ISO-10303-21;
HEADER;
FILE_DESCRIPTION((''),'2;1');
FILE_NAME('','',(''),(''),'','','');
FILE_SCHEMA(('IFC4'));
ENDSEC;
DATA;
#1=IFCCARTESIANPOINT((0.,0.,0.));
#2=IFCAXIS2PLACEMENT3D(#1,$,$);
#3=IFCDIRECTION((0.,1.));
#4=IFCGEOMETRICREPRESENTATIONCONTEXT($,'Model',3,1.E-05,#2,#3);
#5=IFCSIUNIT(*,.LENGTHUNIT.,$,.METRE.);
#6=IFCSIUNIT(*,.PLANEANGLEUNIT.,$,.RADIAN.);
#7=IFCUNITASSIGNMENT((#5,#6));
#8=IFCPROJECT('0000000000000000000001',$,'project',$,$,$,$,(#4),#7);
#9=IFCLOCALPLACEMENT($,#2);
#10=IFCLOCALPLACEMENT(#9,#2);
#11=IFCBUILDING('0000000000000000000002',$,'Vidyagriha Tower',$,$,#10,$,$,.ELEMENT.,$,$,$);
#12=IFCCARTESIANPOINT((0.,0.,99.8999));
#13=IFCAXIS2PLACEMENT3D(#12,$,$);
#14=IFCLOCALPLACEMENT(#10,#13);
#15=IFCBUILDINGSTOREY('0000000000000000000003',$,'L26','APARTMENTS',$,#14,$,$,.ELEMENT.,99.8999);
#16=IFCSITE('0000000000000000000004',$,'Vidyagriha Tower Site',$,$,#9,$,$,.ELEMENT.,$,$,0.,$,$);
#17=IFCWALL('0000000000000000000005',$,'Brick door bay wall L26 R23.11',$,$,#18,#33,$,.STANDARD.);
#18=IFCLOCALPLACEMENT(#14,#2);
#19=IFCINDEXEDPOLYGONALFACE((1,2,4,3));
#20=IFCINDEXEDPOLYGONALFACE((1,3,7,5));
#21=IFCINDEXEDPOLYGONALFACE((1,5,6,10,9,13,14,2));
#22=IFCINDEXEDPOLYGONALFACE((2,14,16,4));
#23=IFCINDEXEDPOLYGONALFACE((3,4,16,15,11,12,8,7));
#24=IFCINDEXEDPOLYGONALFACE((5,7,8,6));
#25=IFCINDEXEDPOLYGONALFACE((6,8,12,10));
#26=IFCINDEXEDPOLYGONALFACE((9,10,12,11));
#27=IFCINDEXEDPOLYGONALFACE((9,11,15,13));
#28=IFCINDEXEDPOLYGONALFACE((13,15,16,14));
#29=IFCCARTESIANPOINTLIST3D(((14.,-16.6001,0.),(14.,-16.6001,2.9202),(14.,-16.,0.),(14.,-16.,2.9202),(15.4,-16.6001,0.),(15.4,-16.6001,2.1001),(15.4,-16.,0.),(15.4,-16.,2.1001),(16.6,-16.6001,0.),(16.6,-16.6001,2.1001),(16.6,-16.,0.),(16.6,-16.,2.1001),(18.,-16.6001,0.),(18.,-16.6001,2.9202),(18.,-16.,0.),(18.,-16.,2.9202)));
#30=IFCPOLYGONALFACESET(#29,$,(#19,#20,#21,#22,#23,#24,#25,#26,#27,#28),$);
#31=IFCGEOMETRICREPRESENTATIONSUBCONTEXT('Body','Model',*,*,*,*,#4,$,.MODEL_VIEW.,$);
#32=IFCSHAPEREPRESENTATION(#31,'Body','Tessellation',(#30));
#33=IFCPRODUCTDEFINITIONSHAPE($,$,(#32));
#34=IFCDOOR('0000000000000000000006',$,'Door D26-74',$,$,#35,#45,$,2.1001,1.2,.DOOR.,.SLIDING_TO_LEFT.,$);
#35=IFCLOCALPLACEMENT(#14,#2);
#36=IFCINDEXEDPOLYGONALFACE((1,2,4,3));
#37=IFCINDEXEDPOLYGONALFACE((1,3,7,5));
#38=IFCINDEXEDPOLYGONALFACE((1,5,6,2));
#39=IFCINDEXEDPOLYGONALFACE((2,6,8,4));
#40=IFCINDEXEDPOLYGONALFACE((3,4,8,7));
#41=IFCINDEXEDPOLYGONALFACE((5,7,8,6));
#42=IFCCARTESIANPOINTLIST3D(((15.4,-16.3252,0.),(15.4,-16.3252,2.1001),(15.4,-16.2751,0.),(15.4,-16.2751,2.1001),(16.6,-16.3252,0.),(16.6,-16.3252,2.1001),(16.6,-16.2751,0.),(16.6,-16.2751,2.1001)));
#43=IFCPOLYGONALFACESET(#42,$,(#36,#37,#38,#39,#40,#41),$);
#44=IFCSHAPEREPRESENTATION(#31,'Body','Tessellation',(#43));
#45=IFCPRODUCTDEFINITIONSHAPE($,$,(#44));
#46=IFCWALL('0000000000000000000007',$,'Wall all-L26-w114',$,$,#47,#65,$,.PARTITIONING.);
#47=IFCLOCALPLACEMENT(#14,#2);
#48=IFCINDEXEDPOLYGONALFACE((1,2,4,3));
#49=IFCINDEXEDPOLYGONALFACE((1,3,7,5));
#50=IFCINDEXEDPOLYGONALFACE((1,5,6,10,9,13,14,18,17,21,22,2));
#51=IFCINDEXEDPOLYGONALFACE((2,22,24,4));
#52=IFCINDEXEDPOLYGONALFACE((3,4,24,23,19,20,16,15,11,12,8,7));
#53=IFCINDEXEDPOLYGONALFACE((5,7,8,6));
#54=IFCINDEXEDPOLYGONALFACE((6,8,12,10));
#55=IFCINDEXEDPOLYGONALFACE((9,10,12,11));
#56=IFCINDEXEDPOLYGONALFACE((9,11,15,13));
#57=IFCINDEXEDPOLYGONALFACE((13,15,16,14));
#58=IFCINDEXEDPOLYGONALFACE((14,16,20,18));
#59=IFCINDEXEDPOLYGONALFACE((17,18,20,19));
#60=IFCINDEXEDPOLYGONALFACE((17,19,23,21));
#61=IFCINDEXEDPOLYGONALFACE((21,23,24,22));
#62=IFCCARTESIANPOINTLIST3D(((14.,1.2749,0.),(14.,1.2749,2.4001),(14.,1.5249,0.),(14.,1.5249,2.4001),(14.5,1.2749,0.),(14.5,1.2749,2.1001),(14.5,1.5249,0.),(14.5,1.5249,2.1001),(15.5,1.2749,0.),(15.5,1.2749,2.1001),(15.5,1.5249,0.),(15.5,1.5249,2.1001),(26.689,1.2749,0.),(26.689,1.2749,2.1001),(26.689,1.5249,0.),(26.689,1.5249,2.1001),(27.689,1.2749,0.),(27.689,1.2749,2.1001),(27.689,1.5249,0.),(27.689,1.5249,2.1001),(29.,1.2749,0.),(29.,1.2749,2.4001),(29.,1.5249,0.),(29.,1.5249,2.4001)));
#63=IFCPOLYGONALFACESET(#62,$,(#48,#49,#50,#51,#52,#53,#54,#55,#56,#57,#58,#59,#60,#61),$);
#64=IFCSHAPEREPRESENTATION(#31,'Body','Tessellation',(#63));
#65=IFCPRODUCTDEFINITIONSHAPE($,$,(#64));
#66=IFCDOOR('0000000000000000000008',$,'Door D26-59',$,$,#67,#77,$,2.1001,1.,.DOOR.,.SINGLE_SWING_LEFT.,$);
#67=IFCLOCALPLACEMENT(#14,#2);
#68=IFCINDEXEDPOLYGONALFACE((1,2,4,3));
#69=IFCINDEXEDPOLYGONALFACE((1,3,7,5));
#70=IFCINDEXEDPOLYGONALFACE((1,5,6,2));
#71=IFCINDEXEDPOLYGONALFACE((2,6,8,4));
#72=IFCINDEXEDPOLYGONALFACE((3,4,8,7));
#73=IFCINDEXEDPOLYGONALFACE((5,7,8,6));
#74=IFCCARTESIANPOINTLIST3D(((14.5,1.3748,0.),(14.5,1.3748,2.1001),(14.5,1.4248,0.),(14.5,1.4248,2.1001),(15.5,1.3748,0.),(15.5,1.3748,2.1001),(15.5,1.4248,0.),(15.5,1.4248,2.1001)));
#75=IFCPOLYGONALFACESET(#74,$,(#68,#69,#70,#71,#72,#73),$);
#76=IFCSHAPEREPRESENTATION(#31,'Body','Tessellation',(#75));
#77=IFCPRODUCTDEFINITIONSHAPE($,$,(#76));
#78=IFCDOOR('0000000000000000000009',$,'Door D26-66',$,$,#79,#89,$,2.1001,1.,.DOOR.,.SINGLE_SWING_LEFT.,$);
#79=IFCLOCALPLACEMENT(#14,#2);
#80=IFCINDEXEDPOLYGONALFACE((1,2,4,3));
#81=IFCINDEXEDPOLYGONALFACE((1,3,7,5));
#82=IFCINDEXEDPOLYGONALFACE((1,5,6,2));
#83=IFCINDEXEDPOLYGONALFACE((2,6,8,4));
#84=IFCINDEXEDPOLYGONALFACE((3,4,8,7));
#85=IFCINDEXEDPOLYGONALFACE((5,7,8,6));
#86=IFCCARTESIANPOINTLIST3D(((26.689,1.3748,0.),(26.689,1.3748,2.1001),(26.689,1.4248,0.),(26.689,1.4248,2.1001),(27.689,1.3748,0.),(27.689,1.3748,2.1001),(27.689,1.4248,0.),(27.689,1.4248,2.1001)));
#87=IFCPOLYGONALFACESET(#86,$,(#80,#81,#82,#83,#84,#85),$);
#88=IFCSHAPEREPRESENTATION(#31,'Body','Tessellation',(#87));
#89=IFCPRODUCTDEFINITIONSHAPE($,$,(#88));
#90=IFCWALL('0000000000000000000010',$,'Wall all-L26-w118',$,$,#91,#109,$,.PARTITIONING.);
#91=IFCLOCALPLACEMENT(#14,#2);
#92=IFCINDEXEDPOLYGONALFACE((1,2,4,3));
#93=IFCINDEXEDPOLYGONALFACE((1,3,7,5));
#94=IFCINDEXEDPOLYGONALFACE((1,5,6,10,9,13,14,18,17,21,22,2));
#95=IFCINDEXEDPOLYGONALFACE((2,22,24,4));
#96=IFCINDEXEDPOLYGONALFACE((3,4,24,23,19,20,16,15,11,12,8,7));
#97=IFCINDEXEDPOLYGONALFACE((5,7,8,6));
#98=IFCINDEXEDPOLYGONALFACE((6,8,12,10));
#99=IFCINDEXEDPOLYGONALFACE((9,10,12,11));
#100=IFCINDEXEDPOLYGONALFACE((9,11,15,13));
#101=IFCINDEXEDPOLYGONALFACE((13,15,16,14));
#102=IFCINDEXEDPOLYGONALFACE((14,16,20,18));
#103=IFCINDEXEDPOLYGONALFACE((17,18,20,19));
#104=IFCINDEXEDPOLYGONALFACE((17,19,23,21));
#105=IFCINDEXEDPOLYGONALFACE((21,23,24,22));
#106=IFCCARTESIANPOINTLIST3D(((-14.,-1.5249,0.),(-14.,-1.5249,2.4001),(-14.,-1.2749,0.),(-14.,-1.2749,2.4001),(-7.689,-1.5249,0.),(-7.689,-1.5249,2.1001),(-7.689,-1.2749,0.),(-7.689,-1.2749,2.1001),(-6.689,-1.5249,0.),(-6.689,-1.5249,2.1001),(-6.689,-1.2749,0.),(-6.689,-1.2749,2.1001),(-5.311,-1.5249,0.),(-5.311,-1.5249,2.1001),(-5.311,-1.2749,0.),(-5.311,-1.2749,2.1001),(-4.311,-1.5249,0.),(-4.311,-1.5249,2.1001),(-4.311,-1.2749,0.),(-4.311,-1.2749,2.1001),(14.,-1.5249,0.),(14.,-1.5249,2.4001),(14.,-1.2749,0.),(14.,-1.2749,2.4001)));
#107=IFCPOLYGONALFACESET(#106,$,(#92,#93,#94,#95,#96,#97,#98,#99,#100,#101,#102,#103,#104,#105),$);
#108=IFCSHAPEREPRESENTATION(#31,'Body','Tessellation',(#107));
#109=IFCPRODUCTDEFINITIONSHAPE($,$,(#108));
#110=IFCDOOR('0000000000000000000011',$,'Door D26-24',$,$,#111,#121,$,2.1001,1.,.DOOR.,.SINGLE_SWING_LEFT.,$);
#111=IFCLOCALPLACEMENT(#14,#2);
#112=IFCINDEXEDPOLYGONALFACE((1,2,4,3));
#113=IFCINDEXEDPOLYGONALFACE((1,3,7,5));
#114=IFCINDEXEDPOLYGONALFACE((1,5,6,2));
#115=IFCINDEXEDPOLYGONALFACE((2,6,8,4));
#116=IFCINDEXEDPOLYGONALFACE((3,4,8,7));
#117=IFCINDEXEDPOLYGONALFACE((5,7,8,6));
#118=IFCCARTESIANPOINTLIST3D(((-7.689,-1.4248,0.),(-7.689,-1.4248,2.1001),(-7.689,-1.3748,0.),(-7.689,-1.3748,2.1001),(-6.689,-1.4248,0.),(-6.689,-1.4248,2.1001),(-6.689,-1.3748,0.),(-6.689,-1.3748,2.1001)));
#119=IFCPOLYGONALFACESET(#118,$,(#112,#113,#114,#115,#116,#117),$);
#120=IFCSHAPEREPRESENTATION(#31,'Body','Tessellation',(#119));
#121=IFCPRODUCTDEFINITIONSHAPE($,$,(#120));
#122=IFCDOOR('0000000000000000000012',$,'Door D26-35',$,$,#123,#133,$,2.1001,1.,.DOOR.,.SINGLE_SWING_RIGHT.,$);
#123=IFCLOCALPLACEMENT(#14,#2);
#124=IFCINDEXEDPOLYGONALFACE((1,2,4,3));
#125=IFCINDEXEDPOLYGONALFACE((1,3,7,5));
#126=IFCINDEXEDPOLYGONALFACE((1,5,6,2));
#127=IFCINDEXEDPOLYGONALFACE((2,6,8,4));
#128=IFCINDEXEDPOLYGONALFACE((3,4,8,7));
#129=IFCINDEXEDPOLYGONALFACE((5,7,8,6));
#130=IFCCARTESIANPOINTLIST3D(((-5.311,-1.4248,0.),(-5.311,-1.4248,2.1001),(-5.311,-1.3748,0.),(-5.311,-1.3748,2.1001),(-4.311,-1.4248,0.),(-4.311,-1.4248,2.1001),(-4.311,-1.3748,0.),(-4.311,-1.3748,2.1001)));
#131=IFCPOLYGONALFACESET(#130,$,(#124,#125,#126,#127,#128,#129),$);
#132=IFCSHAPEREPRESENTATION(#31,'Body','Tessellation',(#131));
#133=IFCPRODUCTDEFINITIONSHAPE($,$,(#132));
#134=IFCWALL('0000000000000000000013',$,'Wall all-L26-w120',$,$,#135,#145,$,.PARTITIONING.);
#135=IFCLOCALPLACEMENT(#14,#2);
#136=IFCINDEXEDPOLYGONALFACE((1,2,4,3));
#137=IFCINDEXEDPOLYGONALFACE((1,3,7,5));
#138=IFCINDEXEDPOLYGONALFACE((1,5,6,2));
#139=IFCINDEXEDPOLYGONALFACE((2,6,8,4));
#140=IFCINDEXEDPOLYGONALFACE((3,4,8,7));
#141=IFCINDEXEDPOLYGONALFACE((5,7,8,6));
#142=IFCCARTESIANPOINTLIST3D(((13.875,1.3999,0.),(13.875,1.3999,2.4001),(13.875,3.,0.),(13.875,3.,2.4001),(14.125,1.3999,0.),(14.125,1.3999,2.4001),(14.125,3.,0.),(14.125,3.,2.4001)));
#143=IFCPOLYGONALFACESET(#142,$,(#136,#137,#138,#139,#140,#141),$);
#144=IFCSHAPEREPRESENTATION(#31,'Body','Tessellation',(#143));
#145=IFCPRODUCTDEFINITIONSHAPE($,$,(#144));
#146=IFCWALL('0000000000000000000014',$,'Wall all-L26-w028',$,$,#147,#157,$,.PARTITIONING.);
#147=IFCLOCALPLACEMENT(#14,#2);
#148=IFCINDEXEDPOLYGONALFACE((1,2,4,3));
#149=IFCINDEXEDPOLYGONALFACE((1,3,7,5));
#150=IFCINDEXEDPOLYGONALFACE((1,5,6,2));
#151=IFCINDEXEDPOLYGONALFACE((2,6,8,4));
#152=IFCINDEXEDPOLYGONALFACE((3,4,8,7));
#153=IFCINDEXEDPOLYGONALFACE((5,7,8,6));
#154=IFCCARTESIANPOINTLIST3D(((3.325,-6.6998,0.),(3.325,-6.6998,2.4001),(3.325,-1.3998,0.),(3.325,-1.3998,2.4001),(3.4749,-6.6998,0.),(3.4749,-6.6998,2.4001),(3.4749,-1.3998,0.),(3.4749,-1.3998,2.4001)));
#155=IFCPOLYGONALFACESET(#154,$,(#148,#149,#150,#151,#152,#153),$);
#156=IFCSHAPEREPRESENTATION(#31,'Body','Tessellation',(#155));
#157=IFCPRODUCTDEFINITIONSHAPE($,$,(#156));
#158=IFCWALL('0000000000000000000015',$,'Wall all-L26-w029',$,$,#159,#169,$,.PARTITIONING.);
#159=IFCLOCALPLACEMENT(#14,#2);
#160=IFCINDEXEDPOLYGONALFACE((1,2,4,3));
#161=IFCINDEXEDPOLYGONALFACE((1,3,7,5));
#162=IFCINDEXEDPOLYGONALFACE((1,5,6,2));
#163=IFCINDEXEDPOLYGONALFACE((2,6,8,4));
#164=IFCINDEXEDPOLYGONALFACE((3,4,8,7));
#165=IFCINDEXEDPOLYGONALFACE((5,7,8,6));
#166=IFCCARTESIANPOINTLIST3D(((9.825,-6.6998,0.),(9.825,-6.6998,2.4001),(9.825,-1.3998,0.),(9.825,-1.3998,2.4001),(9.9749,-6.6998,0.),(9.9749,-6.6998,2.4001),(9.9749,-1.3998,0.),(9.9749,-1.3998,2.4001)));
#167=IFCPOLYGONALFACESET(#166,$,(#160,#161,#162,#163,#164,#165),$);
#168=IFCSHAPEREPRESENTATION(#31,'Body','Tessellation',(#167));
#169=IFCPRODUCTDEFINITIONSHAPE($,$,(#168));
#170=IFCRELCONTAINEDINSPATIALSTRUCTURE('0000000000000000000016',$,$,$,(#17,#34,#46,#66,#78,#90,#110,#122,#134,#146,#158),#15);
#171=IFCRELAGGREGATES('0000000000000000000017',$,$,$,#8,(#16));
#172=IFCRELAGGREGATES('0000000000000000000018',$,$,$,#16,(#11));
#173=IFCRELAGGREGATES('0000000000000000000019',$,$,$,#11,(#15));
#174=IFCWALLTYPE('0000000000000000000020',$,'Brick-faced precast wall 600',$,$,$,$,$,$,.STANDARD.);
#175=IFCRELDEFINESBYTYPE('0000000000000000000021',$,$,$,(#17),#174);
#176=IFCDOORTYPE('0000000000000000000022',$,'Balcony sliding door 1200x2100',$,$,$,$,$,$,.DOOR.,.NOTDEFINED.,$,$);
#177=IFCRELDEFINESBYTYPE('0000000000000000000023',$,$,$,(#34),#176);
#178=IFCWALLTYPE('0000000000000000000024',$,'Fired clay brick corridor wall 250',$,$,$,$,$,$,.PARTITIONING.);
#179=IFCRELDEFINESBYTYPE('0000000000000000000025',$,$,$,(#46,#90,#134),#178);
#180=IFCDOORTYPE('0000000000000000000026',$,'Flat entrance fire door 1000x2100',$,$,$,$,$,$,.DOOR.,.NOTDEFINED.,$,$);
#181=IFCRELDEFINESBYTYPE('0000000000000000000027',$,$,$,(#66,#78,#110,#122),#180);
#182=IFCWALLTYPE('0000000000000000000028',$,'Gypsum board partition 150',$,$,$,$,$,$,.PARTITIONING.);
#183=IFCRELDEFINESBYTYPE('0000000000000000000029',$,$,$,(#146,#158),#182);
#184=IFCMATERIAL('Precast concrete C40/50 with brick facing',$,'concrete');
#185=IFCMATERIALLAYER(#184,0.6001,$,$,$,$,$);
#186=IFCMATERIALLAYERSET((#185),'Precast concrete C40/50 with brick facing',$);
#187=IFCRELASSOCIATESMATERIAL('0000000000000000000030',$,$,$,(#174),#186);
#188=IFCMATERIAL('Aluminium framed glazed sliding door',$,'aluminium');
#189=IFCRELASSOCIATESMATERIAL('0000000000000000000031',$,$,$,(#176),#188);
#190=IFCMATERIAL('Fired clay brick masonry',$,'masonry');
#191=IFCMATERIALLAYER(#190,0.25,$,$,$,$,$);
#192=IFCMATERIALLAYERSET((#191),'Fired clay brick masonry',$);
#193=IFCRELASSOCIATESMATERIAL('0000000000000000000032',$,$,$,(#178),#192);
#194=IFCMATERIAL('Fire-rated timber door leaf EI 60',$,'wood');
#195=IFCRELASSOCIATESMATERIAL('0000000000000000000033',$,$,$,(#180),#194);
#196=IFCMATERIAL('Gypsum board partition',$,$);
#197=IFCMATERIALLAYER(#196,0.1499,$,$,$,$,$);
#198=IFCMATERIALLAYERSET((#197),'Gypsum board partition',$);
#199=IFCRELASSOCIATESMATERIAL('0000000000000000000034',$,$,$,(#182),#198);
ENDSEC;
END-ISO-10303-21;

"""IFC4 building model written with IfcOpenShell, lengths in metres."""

from ifc_helpers import new_model, si_unit, direction, frame, frame_2d, origin, place, context, subcontext, project, spatial, rectangle, extrude, material, layer, layer_set, type_object, element, fill, save


model = new_model("IFC4")

# Units and contexts
model_context = context("Model", 3, precision=1e-05, world=origin(), true_north=direction((0.0, 1.0)))
body_context = subcontext(model_context, "Body", "Model", "MODEL_VIEW")
ifc_project = project(units=[si_unit("LENGTHUNIT", "METRE"), si_unit("PLANEANGLEUNIT", "RADIAN")], contexts=[model_context])

# Site, building, storey
site_placement = place(None, origin())
site = spatial("IfcSite", under=ifc_project, at=site_placement, Name="Vidyagriha Tower Site", CompositionType="ELEMENT", RefElevation=0.0)
building_placement = place(site_placement, origin())
building = spatial("IfcBuilding", under=site, at=building_placement, Name="Vidyagriha Tower", CompositionType="ELEMENT")
storey_placement = place(building_placement, frame((0.0, 0.0, 99.8999)))
storey = spatial("IfcBuildingStorey", under=building, at=storey_placement, Name="L26", Description="APARTMENTS", CompositionType="ELEMENT", Elevation=99.8999)

# Wall, opening, door
ifc_material_1 = material(Name="Precast concrete C40/50 with brick facing", Category="concrete")
ifc_layer_1 = layer(ifc_material_1, 0.6001)
ifc_layer_set_1 = layer_set([ifc_layer_1], Name="Precast concrete C40/50 with brick facing")
wall_type_1 = type_object("IfcWallType", Name="Brick-faced precast wall 600", PredefinedType="STANDARD", material=ifc_layer_set_1)
ifc_material_2 = material(Name="Aluminium framed glazed sliding door", Category="aluminium")
door_type_1 = type_object("IfcDoorType", Name="Balcony sliding door 1200x2100", OperationType="NOTDEFINED", PredefinedType="DOOR", material=ifc_material_2)
wall_1_placement = place(storey_placement, frame((14.0, -16.3, 0.0)))
wall_1 = element("IfcWall", 1, at=wall_1_placement, inside=storey, type_object=wall_type_1, Name="Brick door bay wall L26 R23.11", PredefinedType="STANDARD", context=body_context, shape_type="SweptSolid", body=[
    extrude(rectangle(XDim=4.0, YDim=0.6001, at=frame_2d((2.0, 0.0))), origin(), (0.0, 0.0, 1.0), 2.9202),
])
opening_1_placement = place(wall_1_placement, frame((1.3999, 0.0, 0.0)))
opening_1 = element("IfcOpeningElement", 2, at=opening_1_placement, cuts=wall_1, PredefinedType="OPENING", context=body_context, shape_type="SweptSolid", body=[
    extrude(rectangle(XDim=1.2, YDim=2.1001, at=frame_2d((0.6001, 1.05))), frame((0.0, 0.3101, 0.0), z_axis=(0.0, -1.0, 0.0), x_axis=(1.0, 0.0, 0.0)), (0.0, 0.0, 1.0), 0.6201),
])
door_1_placement = place(opening_1_placement, origin())
door_1 = element("IfcDoor", 3, at=door_1_placement, inside=storey, type_object=door_type_1, Name="Door D26-74", OperationType="SLIDING_TO_LEFT", OverallHeight=2.1001, OverallWidth=1.2, PredefinedType="DOOR", context=body_context, shape_type="SweptSolid", body=[
    extrude(rectangle(XDim=1.2, YDim=2.1001, at=frame_2d((0.6001, 1.05))), frame((0.0, 0.0249, 0.0), z_axis=(0.0, -1.0, 0.0), x_axis=(1.0, 0.0, 0.0)), (0.0, 0.0, 1.0), 0.05),
])
fill(opening_1, door_1)

# Walls, openings, doors
ifc_material_3 = material(Name="Fired clay brick masonry", Category="masonry")
ifc_layer_2 = layer(ifc_material_3, 0.25)
ifc_layer_set_2 = layer_set([ifc_layer_2], Name="Fired clay brick masonry")
wall_type_2 = type_object("IfcWallType", Name="Fired clay brick corridor wall 250", PredefinedType="PARTITIONING", material=ifc_layer_set_2)
wall_2_placement = place(storey_placement, frame((14.0, 1.3999, 0.0)))
wall_2 = element("IfcWall", 4, at=wall_2_placement, inside=storey, type_object=wall_type_2, Name="Wall all-L26-w114", PredefinedType="PARTITIONING", context=body_context, shape_type="SweptSolid", body=[
    extrude(rectangle(XDim=15.0, YDim=0.25, at=frame_2d((7.5, 0.0))), origin(), (0.0, 0.0, 1.0), 2.4001),
])
opening_2_placement = place(wall_2_placement, frame((0.5, 0.0, 0.0)))
opening_2 = element("IfcOpeningElement", 5, at=opening_2_placement, cuts=wall_2, PredefinedType="OPENING", context=body_context, shape_type="SweptSolid", body=[
    extrude(rectangle(XDim=1.0, YDim=2.1001, at=frame_2d((0.5, 1.05))), frame((0.0, 0.135, 0.0), z_axis=(0.0, -1.0, 0.0), x_axis=(1.0, 0.0, 0.0)), (0.0, 0.0, 1.0), 0.27),
])
opening_3_placement = place(wall_2_placement, frame((12.689, 0.0, 0.0)))
opening_3 = element("IfcOpeningElement", 6, at=opening_3_placement, cuts=wall_2, PredefinedType="OPENING", context=body_context, shape_type="SweptSolid", body=[
    extrude(rectangle(XDim=1.0, YDim=2.1001, at=frame_2d((0.5, 1.05))), frame((0.0, 0.135, 0.0), z_axis=(0.0, -1.0, 0.0), x_axis=(1.0, 0.0, 0.0)), (0.0, 0.0, 1.0), 0.27),
])
ifc_material_4 = material(Name="Fire-rated timber door leaf EI 60", Category="wood")
door_type_2 = type_object("IfcDoorType", Name="Flat entrance fire door 1000x2100", OperationType="NOTDEFINED", PredefinedType="DOOR", material=ifc_material_4)
door_2_placement = place(opening_2_placement, origin())
door_2 = element("IfcDoor", 7, at=door_2_placement, inside=storey, type_object=door_type_2, Name="Door D26-59", OperationType="SINGLE_SWING_LEFT", OverallHeight=2.1001, OverallWidth=1.0, PredefinedType="DOOR", context=body_context, shape_type="SweptSolid", body=[
    extrude(rectangle(XDim=1.0, YDim=2.1001, at=frame_2d((0.5, 1.05))), frame((0.0, 0.0249, 0.0), z_axis=(0.0, -1.0, 0.0), x_axis=(1.0, 0.0, 0.0)), (0.0, 0.0, 1.0), 0.05),
])
fill(opening_2, door_2)
door_3_placement = place(opening_3_placement, origin())
door_3 = element("IfcDoor", 8, at=door_3_placement, inside=storey, type_object=door_type_2, Name="Door D26-66", OperationType="SINGLE_SWING_LEFT", OverallHeight=2.1001, OverallWidth=1.0, PredefinedType="DOOR", context=body_context, shape_type="SweptSolid", body=[
    extrude(rectangle(XDim=1.0, YDim=2.1001, at=frame_2d((0.5, 1.05))), frame((0.0, 0.0249, 0.0), z_axis=(0.0, -1.0, 0.0), x_axis=(1.0, 0.0, 0.0)), (0.0, 0.0, 1.0), 0.05),
])
fill(opening_3, door_3)
wall_3_placement = place(storey_placement, frame((14.0, -1.3999, 0.0), z_axis=(0.0, 0.0, 1.0), x_axis=(-1.0, 0.0, 0.0)))
wall_3 = element("IfcWall", 9, at=wall_3_placement, inside=storey, type_object=wall_type_2, Name="Wall all-L26-w118", PredefinedType="PARTITIONING", context=body_context, shape_type="SweptSolid", body=[
    extrude(rectangle(XDim=28.0, YDim=0.25, at=frame_2d((14.0, 0.0))), origin(), (0.0, 0.0, 1.0), 2.4001),
])
opening_4_placement = place(wall_3_placement, frame((20.689, 0.0, 0.0)))
opening_4 = element("IfcOpeningElement", 10, at=opening_4_placement, cuts=wall_3, PredefinedType="OPENING", context=body_context, shape_type="SweptSolid", body=[
    extrude(rectangle(XDim=1.0, YDim=2.1001, at=frame_2d((0.5, 1.05))), frame((0.0, 0.135, 0.0), z_axis=(0.0, -1.0, 0.0), x_axis=(1.0, 0.0, 0.0)), (0.0, 0.0, 1.0), 0.27),
])
opening_5_placement = place(wall_3_placement, frame((18.311, 0.0, 0.0)))
opening_5 = element("IfcOpeningElement", 11, at=opening_5_placement, cuts=wall_3, PredefinedType="OPENING", context=body_context, shape_type="SweptSolid", body=[
    extrude(rectangle(XDim=1.0, YDim=2.1001, at=frame_2d((0.5, 1.05))), frame((0.0, 0.135, 0.0), z_axis=(0.0, -1.0, 0.0), x_axis=(1.0, 0.0, 0.0)), (0.0, 0.0, 1.0), 0.27),
])
door_4_placement = place(opening_4_placement, origin())
door_4 = element("IfcDoor", 12, at=door_4_placement, inside=storey, type_object=door_type_2, Name="Door D26-24", OperationType="SINGLE_SWING_LEFT", OverallHeight=2.1001, OverallWidth=1.0, PredefinedType="DOOR", context=body_context, shape_type="SweptSolid", body=[
    extrude(rectangle(XDim=1.0, YDim=2.1001, at=frame_2d((0.5, 1.05))), frame((0.0, 0.0249, 0.0), z_axis=(0.0, -1.0, 0.0), x_axis=(1.0, 0.0, 0.0)), (0.0, 0.0, 1.0), 0.05),
])
fill(opening_4, door_4)
door_5_placement = place(opening_5_placement, origin())
door_5 = element("IfcDoor", 13, at=door_5_placement, inside=storey, type_object=door_type_2, Name="Door D26-35", OperationType="SINGLE_SWING_RIGHT", OverallHeight=2.1001, OverallWidth=1.0, PredefinedType="DOOR", context=body_context, shape_type="SweptSolid", body=[
    extrude(rectangle(XDim=1.0, YDim=2.1001, at=frame_2d((0.5, 1.05))), frame((0.0, 0.0249, 0.0), z_axis=(0.0, -1.0, 0.0), x_axis=(1.0, 0.0, 0.0)), (0.0, 0.0, 1.0), 0.05),
])
fill(opening_5, door_5)

# Walls
wall_4_placement = place(storey_placement, frame((14.0, 1.3999, 0.0), z_axis=(0.0, 0.0, 1.0), x_axis=(0.0, 1.0, 0.0)))
element("IfcWall", 14, at=wall_4_placement, inside=storey, type_object=wall_type_2, Name="Wall all-L26-w120", PredefinedType="PARTITIONING", context=body_context, shape_type="SweptSolid", body=[
    extrude(rectangle(XDim=1.6001, YDim=0.25, at=frame_2d((0.8, 0.0))), origin(), (0.0, 0.0, 1.0), 2.4001),
])
ifc_material_5 = material(Name="Gypsum board partition")
ifc_layer_3 = layer(ifc_material_5, 0.1499)
ifc_layer_set_3 = layer_set([ifc_layer_3], Name="Gypsum board partition")
wall_type_3 = type_object("IfcWallType", Name="Gypsum board partition 150", PredefinedType="PARTITIONING", material=ifc_layer_set_3)
for number, where, z_axis, x_axis, name in (
    (15, (3.3999, -1.3999, 0.0), (0.0, 0.0, 1.0), (0.0, -1.0, 0.0), "Wall all-L26-w028"),
    (16, (9.8999, -1.3999, 0.0), (0.0, 0.0, 1.0), (0.0, -1.0, 0.0), "Wall all-L26-w029"),
):
    element("IfcWall", number, at=place(storey_placement, frame(where, z_axis=z_axis, x_axis=x_axis)), inside=storey, type_object=wall_type_3, Name=name, PredefinedType="PARTITIONING", context=body_context, shape_type="SweptSolid", body=[
        extrude(rectangle(XDim=5.3, YDim=0.1499, at=frame_2d((2.6499, 0.0))), origin(), (0.0, 0.0, 1.0), 2.4001),
    ])

save(model, "model.ifc")
